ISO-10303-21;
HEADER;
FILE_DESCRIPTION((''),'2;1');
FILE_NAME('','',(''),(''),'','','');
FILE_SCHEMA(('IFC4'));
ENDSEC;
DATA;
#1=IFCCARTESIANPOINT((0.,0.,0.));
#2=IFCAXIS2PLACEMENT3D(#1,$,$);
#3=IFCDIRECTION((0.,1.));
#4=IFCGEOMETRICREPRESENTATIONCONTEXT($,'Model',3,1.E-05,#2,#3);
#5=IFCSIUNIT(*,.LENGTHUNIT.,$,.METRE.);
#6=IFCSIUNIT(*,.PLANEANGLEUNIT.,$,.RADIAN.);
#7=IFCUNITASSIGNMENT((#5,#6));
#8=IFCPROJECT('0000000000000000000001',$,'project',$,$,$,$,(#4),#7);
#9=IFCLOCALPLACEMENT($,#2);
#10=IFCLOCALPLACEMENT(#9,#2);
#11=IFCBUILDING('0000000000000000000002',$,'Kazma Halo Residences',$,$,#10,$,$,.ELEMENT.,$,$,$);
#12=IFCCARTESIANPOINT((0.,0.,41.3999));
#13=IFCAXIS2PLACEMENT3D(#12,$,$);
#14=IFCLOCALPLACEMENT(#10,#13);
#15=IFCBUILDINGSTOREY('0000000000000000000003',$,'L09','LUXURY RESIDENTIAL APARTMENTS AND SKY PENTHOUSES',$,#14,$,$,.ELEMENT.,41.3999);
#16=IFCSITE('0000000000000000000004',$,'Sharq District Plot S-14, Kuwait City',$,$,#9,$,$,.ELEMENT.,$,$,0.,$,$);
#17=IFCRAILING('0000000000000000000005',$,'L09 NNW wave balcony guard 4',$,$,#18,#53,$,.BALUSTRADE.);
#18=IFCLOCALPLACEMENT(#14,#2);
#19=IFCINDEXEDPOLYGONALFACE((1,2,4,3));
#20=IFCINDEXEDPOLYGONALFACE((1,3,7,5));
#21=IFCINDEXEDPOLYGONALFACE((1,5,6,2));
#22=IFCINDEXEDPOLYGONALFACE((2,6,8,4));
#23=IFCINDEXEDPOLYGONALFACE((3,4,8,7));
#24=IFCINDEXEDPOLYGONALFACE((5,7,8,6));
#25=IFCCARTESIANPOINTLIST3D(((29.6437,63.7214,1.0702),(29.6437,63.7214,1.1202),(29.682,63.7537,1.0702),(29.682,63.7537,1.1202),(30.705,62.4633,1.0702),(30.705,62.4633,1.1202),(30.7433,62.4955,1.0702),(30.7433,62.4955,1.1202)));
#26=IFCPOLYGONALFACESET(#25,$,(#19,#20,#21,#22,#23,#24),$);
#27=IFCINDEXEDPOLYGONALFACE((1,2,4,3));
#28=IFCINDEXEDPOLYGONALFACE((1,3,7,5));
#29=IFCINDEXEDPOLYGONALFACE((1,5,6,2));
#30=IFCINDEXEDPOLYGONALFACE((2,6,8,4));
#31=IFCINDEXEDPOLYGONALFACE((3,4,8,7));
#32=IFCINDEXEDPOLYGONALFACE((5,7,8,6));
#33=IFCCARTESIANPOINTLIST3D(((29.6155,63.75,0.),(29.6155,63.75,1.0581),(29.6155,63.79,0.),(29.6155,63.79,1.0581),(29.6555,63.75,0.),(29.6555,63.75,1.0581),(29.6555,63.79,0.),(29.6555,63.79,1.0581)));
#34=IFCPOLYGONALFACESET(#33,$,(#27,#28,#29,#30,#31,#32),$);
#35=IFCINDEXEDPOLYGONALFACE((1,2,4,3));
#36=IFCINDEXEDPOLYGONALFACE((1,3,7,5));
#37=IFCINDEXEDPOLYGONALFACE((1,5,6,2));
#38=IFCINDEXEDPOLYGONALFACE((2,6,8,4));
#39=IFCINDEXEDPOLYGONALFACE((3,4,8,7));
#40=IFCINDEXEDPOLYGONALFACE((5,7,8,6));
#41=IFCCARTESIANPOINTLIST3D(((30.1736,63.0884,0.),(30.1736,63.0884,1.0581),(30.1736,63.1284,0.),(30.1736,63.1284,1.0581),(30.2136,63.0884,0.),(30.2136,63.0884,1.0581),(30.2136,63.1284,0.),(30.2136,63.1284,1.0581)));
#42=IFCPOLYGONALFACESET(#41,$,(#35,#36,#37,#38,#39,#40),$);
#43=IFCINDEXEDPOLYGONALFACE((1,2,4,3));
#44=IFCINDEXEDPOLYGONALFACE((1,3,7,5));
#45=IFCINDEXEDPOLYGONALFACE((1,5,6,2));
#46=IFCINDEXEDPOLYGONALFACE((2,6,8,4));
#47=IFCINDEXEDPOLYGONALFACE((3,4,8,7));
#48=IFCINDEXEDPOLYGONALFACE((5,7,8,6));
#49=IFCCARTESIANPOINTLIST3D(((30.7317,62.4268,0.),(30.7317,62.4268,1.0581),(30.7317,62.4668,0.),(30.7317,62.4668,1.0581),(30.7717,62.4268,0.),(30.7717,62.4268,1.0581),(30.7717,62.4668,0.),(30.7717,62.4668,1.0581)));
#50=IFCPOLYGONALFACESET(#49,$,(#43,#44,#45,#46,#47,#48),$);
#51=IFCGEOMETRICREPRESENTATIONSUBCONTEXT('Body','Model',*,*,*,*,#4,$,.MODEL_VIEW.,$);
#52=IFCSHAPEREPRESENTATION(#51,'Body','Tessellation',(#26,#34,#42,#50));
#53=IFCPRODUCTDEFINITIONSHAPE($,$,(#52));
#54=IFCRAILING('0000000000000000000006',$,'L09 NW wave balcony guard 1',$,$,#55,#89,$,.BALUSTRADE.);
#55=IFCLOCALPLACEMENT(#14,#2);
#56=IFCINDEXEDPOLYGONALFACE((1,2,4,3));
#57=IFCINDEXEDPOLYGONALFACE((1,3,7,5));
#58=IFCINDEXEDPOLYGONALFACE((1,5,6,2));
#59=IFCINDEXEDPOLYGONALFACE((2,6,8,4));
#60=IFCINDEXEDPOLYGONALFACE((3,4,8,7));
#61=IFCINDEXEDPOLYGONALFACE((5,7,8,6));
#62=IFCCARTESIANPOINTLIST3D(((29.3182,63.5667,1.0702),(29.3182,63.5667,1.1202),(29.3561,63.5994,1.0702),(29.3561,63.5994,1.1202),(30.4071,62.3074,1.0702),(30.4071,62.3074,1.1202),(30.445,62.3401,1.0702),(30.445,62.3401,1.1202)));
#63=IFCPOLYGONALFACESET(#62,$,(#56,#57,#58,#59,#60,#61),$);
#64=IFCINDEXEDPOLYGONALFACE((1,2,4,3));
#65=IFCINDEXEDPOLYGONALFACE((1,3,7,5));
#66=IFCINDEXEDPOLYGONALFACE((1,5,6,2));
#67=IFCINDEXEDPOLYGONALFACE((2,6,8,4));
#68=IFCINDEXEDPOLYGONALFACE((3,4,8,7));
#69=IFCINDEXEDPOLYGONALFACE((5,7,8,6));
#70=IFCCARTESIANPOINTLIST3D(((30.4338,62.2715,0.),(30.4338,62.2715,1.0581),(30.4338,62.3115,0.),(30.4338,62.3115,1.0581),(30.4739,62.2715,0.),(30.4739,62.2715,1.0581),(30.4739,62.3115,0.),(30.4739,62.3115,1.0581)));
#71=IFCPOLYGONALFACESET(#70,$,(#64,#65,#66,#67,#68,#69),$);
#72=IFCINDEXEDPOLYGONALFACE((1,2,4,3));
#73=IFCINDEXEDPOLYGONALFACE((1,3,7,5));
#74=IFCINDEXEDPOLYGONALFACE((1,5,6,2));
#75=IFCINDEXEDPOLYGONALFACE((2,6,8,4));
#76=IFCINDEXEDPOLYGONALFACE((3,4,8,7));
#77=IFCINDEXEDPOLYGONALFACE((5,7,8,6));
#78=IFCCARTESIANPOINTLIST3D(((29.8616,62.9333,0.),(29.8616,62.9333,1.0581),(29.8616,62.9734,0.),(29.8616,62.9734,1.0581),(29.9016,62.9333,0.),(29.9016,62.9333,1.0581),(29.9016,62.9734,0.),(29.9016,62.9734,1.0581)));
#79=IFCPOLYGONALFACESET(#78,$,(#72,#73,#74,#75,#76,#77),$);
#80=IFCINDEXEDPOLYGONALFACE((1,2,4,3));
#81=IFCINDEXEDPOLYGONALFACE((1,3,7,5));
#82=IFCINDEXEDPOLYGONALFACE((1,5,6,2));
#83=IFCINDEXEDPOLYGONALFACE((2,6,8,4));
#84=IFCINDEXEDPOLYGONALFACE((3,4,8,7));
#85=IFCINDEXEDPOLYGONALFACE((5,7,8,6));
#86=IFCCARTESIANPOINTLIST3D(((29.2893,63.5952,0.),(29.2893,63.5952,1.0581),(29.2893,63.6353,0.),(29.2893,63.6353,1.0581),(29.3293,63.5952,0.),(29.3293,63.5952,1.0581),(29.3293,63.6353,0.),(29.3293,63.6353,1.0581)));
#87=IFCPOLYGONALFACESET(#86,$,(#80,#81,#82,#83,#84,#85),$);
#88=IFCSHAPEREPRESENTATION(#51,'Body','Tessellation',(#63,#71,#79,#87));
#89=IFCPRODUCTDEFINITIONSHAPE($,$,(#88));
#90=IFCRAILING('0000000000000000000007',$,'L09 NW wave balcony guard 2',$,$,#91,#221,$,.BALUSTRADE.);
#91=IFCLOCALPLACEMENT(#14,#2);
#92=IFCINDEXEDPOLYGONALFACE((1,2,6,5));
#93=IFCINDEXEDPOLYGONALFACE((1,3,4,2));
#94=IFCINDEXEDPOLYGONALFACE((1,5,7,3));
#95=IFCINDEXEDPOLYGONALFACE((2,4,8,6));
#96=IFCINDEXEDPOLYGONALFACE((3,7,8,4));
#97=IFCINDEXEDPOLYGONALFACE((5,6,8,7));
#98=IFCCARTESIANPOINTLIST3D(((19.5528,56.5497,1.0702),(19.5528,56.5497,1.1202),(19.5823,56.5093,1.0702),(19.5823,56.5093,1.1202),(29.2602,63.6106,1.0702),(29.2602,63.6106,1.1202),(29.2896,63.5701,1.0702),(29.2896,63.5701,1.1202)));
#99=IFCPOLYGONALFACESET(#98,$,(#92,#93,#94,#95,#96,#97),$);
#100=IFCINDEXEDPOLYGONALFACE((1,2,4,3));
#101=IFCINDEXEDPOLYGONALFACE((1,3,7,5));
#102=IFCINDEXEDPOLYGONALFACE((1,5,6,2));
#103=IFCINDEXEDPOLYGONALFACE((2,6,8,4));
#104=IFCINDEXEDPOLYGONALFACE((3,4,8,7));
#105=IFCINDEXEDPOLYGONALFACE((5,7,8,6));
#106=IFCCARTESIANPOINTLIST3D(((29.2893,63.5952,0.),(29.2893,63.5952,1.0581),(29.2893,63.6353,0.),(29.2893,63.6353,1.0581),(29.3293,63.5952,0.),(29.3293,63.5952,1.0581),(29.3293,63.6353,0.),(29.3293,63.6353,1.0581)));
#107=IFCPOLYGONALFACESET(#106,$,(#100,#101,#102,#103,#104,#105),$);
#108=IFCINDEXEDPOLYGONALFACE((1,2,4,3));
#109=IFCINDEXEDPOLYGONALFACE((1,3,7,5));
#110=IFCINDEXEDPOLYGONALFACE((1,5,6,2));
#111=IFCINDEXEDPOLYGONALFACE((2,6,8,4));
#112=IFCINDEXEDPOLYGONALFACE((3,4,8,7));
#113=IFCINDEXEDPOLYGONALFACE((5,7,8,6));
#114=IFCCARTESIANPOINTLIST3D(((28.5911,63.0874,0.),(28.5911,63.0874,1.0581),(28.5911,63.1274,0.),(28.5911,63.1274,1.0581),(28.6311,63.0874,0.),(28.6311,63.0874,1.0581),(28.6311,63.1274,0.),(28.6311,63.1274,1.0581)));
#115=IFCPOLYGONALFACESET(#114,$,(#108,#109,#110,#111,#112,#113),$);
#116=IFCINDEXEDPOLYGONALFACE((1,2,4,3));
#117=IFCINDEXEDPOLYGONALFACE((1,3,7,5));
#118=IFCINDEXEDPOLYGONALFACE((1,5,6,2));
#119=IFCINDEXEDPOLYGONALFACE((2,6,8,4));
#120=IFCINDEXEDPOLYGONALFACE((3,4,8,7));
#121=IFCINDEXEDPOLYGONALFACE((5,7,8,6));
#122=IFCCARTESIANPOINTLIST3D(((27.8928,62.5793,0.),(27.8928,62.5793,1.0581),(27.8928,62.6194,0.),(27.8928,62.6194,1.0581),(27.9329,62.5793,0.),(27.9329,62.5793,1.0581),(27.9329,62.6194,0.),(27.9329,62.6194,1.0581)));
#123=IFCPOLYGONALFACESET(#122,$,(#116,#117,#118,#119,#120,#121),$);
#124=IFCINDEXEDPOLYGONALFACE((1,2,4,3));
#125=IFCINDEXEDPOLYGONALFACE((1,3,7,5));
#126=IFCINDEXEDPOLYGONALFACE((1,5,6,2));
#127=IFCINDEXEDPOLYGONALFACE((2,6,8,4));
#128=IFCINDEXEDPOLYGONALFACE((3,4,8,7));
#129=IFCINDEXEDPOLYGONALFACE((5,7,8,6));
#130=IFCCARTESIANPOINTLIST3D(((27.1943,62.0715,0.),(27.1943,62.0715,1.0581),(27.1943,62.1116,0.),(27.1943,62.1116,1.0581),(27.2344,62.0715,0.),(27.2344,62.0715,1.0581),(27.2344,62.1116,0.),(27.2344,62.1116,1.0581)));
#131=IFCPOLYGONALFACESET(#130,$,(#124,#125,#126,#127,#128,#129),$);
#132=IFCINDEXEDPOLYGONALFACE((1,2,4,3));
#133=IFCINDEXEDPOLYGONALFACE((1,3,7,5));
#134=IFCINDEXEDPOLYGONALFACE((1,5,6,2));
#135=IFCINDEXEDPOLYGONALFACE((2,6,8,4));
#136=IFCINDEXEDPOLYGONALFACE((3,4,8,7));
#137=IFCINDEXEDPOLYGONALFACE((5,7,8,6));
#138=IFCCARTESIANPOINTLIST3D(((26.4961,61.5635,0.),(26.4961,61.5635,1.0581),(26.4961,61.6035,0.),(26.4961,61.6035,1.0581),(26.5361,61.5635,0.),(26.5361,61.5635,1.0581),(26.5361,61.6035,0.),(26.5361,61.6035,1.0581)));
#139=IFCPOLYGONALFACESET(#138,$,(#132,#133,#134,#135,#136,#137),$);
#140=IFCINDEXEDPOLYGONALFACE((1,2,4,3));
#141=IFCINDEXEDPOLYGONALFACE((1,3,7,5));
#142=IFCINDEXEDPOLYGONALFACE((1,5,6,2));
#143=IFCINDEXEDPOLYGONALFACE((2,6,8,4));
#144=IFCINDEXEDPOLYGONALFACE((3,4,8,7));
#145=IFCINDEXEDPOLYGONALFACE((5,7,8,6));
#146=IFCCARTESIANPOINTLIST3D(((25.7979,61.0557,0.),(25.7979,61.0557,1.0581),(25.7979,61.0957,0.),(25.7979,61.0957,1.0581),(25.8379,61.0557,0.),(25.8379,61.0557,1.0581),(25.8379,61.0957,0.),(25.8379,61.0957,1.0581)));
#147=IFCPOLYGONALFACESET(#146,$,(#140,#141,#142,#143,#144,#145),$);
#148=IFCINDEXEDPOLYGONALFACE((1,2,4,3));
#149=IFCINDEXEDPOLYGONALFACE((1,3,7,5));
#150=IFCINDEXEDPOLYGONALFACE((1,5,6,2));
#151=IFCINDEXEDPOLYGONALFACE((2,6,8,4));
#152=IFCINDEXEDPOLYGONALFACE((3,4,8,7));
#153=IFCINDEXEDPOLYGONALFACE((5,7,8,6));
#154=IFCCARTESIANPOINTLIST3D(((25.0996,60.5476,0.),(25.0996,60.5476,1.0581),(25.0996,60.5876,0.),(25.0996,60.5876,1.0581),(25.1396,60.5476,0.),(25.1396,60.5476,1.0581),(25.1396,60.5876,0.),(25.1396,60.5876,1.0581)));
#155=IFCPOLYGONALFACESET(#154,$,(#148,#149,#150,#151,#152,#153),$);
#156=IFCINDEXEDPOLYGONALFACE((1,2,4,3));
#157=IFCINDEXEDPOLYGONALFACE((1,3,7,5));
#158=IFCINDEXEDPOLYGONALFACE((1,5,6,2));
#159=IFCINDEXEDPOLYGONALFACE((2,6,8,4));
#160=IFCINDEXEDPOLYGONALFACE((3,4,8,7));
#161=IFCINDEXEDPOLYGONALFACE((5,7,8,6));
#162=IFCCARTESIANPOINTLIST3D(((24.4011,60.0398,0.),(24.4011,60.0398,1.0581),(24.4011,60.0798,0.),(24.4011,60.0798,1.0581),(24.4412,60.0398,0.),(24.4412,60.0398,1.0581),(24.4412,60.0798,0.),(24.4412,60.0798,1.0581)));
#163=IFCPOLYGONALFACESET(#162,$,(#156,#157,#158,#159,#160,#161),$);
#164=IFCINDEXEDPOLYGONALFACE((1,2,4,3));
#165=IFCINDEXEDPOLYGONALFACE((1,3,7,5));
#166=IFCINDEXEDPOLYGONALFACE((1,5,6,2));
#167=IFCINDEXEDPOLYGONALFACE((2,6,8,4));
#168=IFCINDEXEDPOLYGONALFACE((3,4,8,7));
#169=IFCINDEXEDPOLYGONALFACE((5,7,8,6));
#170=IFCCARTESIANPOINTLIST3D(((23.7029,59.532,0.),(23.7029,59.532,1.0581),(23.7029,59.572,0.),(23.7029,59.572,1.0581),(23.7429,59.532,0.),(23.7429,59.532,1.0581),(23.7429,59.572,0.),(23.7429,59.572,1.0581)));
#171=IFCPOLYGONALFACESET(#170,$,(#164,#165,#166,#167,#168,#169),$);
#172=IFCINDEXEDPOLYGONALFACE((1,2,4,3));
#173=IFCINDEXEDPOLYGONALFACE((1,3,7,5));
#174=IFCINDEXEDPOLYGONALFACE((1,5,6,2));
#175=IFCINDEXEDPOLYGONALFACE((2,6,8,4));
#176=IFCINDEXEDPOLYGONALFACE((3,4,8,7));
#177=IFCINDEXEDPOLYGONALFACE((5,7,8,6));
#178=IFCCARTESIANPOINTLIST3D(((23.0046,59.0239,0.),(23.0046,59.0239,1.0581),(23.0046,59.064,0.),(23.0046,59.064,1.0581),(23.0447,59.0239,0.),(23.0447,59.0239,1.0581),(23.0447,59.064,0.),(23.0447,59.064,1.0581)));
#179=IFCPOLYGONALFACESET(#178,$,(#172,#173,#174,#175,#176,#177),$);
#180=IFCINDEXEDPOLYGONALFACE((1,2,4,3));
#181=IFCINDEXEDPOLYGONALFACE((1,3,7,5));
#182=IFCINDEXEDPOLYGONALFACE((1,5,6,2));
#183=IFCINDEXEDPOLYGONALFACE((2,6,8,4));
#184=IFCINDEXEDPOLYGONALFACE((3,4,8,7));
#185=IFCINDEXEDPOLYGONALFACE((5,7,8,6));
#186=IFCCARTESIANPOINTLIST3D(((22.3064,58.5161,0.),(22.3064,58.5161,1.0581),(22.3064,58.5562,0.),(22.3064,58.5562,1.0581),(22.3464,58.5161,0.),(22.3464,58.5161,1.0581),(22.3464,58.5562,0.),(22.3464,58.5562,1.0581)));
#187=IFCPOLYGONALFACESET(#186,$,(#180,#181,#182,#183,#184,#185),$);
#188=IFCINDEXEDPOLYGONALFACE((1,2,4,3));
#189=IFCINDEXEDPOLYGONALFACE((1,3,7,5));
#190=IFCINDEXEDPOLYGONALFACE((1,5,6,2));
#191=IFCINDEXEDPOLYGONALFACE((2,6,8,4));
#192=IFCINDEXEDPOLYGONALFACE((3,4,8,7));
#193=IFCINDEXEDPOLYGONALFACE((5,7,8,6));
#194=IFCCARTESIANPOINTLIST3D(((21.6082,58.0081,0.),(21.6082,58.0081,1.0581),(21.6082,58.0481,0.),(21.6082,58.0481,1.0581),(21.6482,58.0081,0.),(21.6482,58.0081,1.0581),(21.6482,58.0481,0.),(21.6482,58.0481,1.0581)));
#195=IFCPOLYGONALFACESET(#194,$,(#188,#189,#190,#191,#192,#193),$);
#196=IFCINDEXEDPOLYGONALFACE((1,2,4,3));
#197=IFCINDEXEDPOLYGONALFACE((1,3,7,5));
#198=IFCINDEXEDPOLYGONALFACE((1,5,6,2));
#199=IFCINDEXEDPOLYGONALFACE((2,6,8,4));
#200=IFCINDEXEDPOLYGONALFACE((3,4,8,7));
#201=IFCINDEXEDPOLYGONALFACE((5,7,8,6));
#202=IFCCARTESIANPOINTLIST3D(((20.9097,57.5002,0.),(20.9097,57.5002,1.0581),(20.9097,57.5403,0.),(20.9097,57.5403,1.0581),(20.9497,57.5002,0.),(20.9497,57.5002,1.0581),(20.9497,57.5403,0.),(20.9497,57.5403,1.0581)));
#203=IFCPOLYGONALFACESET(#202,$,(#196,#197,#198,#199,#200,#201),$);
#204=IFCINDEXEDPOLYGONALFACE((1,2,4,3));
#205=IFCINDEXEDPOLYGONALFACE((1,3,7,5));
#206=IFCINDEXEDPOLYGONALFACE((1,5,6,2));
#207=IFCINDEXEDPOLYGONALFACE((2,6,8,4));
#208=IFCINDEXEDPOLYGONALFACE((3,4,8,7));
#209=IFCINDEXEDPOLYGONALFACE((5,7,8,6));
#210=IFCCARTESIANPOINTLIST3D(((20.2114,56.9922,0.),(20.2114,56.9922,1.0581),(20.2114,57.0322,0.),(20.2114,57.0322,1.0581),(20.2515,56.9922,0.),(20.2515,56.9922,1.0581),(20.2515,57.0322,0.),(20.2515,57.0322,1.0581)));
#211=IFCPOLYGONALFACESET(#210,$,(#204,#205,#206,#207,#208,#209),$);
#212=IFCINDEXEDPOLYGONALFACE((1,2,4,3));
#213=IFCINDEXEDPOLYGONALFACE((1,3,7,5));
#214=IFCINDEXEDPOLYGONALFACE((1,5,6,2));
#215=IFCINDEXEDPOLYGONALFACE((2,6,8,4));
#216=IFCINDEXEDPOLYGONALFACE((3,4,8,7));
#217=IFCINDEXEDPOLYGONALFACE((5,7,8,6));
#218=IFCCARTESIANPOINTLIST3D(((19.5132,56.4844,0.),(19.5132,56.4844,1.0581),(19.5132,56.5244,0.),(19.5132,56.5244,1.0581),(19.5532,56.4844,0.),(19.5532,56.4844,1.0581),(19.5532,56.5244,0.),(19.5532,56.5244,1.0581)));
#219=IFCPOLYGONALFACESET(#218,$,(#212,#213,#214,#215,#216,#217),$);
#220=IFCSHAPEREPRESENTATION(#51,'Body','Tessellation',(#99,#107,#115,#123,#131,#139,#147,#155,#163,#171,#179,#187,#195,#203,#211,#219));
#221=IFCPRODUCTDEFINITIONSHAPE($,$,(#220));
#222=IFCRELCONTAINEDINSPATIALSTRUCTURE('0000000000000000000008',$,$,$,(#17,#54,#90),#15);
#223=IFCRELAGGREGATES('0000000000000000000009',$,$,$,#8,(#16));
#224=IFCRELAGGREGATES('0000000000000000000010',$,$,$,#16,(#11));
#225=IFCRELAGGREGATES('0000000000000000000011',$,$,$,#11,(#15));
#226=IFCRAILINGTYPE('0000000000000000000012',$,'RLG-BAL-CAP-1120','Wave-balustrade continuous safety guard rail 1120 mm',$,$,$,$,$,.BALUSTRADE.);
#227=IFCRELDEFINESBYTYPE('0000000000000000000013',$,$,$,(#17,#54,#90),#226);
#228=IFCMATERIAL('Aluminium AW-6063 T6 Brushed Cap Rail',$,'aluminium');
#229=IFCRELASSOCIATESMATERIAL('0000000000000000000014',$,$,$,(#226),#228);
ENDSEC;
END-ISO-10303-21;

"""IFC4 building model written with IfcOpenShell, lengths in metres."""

from ifc_helpers import new_model, si_unit, direction, frame, origin, origin_2d, place, context, subcontext, project, spatial, rectangle, extrude, material, type_object, element, save


model = new_model("IFC4")

# Units and contexts
model_context = context("Model", 3, precision=1e-05, world=origin(), true_north=direction((0.0, 1.0)))
body_context = subcontext(model_context, "Body", "Model", "MODEL_VIEW")
ifc_project = project(units=[si_unit("LENGTHUNIT", "METRE"), si_unit("PLANEANGLEUNIT", "RADIAN")], contexts=[model_context])

# Site, building, storey
site_placement = place(None, origin())
site = spatial("IfcSite", under=ifc_project, at=site_placement, Name="Sharq District Plot S-14, Kuwait City", CompositionType="ELEMENT", RefElevation=0.0)
building_placement = place(site_placement, origin())
building = spatial("IfcBuilding", under=site, at=building_placement, Name="Kazma Halo Residences", CompositionType="ELEMENT")
storey_placement = place(building_placement, frame((0.0, 0.0, 41.3999)))
storey = spatial("IfcBuildingStorey", under=building, at=storey_placement, Name="L09", Description="LUXURY RESIDENTIAL APARTMENTS AND SKY PENTHOUSES", CompositionType="ELEMENT", Elevation=41.3999)

# Railings
ifc_material_1 = material(Name="Aluminium AW-6063 T6 Brushed Cap Rail", Category="aluminium")
railing_type = type_object("IfcRailingType", Name="RLG-BAL-CAP-1120", Description="Wave-balustrade continuous safety guard rail 1120 mm", PredefinedType="BALUSTRADE", material=ifc_material_1)
railing_1_placement = place(storey_placement, frame((29.6355, 63.77, 0.0)))
element("IfcRailing", 1, at=railing_1_placement, inside=storey, type_object=railing_type, Name="L09 NNW wave balcony guard 4", PredefinedType="BALUSTRADE", context=body_context, shape_type="SweptSolid", body=[
    extrude(rectangle(XDim=0.05, YDim=0.05, at=origin_2d()), frame((0.0273, -0.0325, 1.0952), z_axis=(0.644778, -0.76437, 0.0), x_axis=(0.76437, 0.644778, 0.0)), (0.0, 0.0, 1.0), 1.646),
    extrude(rectangle(XDim=0.04, YDim=0.04, at=origin_2d()), origin(), (0.0, 0.0, 1.0), 1.0581),
    extrude(rectangle(XDim=0.04, YDim=0.04, at=origin_2d()), frame((0.5581, -0.6616, 0.0)), (0.0, 0.0, 1.0), 1.0581),
    extrude(rectangle(XDim=0.04, YDim=0.04, at=origin_2d()), frame((1.1162, -1.3232, 0.0)), (0.0, 0.0, 1.0), 1.0581),
])
railing_2_placement = place(storey_placement, frame((30.4539, 62.2915, 0.0)))
element("IfcRailing", 2, at=railing_2_placement, inside=storey, type_object=railing_type, Name="L09 NW wave balcony guard 1", PredefinedType="BALUSTRADE", context=body_context, shape_type="SweptSolid", body=[
    extrude(rectangle(XDim=0.05, YDim=0.05, at=origin_2d()), frame((-0.0278, 0.0322, 1.0952), z_axis=(-0.654048, 0.756453, 0.0), x_axis=(-0.756453, -0.654048, 0.0)), (0.0, 0.0, 1.0), 1.6648),
    extrude(rectangle(XDim=0.04, YDim=0.04, at=origin_2d()), origin(), (0.0, 0.0, 1.0), 1.0581),
    extrude(rectangle(XDim=0.04, YDim=0.04, at=origin_2d()), frame((-0.5723, 0.6619, 0.0)), (0.0, 0.0, 1.0), 1.0581),
    extrude(rectangle(XDim=0.04, YDim=0.04, at=origin_2d()), frame((-1.1445, 1.3237, 0.0)), (0.0, 0.0, 1.0), 1.0581),
])
railing_3_placement = place(storey_placement, frame((29.3093, 63.6152, 0.0)))
element("IfcRailing", 3, at=railing_3_placement, inside=storey, type_object=railing_type, Name="L09 NW wave balcony guard 2", PredefinedType="BALUSTRADE", context=body_context, shape_type="SweptSolid", body=[
    extrude(rectangle(XDim=0.05, YDim=0.05, at=origin_2d()), frame((-0.0344, -0.0249, 1.0952), z_axis=(-0.808699, -0.588222, 0.0), x_axis=(0.588222, -0.808699, 0.0)), (0.0, 0.0, 1.0), 12.0037),
    extrude(rectangle(XDim=0.04, YDim=0.04, at=origin_2d()), origin(), (0.0, 0.0, 1.0), 1.0581),
    extrude(rectangle(XDim=0.04, YDim=0.04, at=origin_2d()), frame((-0.6982, -0.5078, 0.0)), (0.0, 0.0, 1.0), 1.0581),
    extrude(rectangle(XDim=0.04, YDim=0.04, at=origin_2d()), frame((-1.3965, -1.0159, 0.0)), (0.0, 0.0, 1.0), 1.0581),
    extrude(rectangle(XDim=0.04, YDim=0.04, at=origin_2d()), frame((-2.095, -1.5237, 0.0)), (0.0, 0.0, 1.0), 1.0581),
    extrude(rectangle(XDim=0.04, YDim=0.04, at=origin_2d()), frame((-2.7932, -2.0317, 0.0)), (0.0, 0.0, 1.0), 1.0581),
    extrude(rectangle(XDim=0.04, YDim=0.04, at=origin_2d()), frame((-3.4915, -2.5396, 0.0)), (0.0, 0.0, 1.0), 1.0581),
    extrude(rectangle(XDim=0.04, YDim=0.04, at=origin_2d()), frame((-4.1897, -3.0476, 0.0)), (0.0, 0.0, 1.0), 1.0581),
    extrude(rectangle(XDim=0.04, YDim=0.04, at=origin_2d()), frame((-4.8882, -3.5554, 0.0)), (0.0, 0.0, 1.0), 1.0581),
    extrude(rectangle(XDim=0.04, YDim=0.04, at=origin_2d()), frame((-5.5864, -4.0632, 0.0)), (0.0, 0.0, 1.0), 1.0581),
    extrude(rectangle(XDim=0.04, YDim=0.04, at=origin_2d()), frame((-6.2847, -4.5713, 0.0)), (0.0, 0.0, 1.0), 1.0581),
    extrude(rectangle(XDim=0.04, YDim=0.04, at=origin_2d()), frame((-6.9829, -5.0791, 0.0)), (0.0, 0.0, 1.0), 1.0581),
    extrude(rectangle(XDim=0.04, YDim=0.04, at=origin_2d()), frame((-7.6812, -5.5872, 0.0)), (0.0, 0.0, 1.0), 1.0581),
    extrude(rectangle(XDim=0.04, YDim=0.04, at=origin_2d()), frame((-8.3796, -6.095, 0.0)), (0.0, 0.0, 1.0), 1.0581),
    extrude(rectangle(XDim=0.04, YDim=0.04, at=origin_2d()), frame((-9.0779, -6.603, 0.0)), (0.0, 0.0, 1.0), 1.0581),
    extrude(rectangle(XDim=0.04, YDim=0.04, at=origin_2d()), frame((-9.7761, -7.1108, 0.0)), (0.0, 0.0, 1.0), 1.0581),
])

save(model, "model.ifc")
